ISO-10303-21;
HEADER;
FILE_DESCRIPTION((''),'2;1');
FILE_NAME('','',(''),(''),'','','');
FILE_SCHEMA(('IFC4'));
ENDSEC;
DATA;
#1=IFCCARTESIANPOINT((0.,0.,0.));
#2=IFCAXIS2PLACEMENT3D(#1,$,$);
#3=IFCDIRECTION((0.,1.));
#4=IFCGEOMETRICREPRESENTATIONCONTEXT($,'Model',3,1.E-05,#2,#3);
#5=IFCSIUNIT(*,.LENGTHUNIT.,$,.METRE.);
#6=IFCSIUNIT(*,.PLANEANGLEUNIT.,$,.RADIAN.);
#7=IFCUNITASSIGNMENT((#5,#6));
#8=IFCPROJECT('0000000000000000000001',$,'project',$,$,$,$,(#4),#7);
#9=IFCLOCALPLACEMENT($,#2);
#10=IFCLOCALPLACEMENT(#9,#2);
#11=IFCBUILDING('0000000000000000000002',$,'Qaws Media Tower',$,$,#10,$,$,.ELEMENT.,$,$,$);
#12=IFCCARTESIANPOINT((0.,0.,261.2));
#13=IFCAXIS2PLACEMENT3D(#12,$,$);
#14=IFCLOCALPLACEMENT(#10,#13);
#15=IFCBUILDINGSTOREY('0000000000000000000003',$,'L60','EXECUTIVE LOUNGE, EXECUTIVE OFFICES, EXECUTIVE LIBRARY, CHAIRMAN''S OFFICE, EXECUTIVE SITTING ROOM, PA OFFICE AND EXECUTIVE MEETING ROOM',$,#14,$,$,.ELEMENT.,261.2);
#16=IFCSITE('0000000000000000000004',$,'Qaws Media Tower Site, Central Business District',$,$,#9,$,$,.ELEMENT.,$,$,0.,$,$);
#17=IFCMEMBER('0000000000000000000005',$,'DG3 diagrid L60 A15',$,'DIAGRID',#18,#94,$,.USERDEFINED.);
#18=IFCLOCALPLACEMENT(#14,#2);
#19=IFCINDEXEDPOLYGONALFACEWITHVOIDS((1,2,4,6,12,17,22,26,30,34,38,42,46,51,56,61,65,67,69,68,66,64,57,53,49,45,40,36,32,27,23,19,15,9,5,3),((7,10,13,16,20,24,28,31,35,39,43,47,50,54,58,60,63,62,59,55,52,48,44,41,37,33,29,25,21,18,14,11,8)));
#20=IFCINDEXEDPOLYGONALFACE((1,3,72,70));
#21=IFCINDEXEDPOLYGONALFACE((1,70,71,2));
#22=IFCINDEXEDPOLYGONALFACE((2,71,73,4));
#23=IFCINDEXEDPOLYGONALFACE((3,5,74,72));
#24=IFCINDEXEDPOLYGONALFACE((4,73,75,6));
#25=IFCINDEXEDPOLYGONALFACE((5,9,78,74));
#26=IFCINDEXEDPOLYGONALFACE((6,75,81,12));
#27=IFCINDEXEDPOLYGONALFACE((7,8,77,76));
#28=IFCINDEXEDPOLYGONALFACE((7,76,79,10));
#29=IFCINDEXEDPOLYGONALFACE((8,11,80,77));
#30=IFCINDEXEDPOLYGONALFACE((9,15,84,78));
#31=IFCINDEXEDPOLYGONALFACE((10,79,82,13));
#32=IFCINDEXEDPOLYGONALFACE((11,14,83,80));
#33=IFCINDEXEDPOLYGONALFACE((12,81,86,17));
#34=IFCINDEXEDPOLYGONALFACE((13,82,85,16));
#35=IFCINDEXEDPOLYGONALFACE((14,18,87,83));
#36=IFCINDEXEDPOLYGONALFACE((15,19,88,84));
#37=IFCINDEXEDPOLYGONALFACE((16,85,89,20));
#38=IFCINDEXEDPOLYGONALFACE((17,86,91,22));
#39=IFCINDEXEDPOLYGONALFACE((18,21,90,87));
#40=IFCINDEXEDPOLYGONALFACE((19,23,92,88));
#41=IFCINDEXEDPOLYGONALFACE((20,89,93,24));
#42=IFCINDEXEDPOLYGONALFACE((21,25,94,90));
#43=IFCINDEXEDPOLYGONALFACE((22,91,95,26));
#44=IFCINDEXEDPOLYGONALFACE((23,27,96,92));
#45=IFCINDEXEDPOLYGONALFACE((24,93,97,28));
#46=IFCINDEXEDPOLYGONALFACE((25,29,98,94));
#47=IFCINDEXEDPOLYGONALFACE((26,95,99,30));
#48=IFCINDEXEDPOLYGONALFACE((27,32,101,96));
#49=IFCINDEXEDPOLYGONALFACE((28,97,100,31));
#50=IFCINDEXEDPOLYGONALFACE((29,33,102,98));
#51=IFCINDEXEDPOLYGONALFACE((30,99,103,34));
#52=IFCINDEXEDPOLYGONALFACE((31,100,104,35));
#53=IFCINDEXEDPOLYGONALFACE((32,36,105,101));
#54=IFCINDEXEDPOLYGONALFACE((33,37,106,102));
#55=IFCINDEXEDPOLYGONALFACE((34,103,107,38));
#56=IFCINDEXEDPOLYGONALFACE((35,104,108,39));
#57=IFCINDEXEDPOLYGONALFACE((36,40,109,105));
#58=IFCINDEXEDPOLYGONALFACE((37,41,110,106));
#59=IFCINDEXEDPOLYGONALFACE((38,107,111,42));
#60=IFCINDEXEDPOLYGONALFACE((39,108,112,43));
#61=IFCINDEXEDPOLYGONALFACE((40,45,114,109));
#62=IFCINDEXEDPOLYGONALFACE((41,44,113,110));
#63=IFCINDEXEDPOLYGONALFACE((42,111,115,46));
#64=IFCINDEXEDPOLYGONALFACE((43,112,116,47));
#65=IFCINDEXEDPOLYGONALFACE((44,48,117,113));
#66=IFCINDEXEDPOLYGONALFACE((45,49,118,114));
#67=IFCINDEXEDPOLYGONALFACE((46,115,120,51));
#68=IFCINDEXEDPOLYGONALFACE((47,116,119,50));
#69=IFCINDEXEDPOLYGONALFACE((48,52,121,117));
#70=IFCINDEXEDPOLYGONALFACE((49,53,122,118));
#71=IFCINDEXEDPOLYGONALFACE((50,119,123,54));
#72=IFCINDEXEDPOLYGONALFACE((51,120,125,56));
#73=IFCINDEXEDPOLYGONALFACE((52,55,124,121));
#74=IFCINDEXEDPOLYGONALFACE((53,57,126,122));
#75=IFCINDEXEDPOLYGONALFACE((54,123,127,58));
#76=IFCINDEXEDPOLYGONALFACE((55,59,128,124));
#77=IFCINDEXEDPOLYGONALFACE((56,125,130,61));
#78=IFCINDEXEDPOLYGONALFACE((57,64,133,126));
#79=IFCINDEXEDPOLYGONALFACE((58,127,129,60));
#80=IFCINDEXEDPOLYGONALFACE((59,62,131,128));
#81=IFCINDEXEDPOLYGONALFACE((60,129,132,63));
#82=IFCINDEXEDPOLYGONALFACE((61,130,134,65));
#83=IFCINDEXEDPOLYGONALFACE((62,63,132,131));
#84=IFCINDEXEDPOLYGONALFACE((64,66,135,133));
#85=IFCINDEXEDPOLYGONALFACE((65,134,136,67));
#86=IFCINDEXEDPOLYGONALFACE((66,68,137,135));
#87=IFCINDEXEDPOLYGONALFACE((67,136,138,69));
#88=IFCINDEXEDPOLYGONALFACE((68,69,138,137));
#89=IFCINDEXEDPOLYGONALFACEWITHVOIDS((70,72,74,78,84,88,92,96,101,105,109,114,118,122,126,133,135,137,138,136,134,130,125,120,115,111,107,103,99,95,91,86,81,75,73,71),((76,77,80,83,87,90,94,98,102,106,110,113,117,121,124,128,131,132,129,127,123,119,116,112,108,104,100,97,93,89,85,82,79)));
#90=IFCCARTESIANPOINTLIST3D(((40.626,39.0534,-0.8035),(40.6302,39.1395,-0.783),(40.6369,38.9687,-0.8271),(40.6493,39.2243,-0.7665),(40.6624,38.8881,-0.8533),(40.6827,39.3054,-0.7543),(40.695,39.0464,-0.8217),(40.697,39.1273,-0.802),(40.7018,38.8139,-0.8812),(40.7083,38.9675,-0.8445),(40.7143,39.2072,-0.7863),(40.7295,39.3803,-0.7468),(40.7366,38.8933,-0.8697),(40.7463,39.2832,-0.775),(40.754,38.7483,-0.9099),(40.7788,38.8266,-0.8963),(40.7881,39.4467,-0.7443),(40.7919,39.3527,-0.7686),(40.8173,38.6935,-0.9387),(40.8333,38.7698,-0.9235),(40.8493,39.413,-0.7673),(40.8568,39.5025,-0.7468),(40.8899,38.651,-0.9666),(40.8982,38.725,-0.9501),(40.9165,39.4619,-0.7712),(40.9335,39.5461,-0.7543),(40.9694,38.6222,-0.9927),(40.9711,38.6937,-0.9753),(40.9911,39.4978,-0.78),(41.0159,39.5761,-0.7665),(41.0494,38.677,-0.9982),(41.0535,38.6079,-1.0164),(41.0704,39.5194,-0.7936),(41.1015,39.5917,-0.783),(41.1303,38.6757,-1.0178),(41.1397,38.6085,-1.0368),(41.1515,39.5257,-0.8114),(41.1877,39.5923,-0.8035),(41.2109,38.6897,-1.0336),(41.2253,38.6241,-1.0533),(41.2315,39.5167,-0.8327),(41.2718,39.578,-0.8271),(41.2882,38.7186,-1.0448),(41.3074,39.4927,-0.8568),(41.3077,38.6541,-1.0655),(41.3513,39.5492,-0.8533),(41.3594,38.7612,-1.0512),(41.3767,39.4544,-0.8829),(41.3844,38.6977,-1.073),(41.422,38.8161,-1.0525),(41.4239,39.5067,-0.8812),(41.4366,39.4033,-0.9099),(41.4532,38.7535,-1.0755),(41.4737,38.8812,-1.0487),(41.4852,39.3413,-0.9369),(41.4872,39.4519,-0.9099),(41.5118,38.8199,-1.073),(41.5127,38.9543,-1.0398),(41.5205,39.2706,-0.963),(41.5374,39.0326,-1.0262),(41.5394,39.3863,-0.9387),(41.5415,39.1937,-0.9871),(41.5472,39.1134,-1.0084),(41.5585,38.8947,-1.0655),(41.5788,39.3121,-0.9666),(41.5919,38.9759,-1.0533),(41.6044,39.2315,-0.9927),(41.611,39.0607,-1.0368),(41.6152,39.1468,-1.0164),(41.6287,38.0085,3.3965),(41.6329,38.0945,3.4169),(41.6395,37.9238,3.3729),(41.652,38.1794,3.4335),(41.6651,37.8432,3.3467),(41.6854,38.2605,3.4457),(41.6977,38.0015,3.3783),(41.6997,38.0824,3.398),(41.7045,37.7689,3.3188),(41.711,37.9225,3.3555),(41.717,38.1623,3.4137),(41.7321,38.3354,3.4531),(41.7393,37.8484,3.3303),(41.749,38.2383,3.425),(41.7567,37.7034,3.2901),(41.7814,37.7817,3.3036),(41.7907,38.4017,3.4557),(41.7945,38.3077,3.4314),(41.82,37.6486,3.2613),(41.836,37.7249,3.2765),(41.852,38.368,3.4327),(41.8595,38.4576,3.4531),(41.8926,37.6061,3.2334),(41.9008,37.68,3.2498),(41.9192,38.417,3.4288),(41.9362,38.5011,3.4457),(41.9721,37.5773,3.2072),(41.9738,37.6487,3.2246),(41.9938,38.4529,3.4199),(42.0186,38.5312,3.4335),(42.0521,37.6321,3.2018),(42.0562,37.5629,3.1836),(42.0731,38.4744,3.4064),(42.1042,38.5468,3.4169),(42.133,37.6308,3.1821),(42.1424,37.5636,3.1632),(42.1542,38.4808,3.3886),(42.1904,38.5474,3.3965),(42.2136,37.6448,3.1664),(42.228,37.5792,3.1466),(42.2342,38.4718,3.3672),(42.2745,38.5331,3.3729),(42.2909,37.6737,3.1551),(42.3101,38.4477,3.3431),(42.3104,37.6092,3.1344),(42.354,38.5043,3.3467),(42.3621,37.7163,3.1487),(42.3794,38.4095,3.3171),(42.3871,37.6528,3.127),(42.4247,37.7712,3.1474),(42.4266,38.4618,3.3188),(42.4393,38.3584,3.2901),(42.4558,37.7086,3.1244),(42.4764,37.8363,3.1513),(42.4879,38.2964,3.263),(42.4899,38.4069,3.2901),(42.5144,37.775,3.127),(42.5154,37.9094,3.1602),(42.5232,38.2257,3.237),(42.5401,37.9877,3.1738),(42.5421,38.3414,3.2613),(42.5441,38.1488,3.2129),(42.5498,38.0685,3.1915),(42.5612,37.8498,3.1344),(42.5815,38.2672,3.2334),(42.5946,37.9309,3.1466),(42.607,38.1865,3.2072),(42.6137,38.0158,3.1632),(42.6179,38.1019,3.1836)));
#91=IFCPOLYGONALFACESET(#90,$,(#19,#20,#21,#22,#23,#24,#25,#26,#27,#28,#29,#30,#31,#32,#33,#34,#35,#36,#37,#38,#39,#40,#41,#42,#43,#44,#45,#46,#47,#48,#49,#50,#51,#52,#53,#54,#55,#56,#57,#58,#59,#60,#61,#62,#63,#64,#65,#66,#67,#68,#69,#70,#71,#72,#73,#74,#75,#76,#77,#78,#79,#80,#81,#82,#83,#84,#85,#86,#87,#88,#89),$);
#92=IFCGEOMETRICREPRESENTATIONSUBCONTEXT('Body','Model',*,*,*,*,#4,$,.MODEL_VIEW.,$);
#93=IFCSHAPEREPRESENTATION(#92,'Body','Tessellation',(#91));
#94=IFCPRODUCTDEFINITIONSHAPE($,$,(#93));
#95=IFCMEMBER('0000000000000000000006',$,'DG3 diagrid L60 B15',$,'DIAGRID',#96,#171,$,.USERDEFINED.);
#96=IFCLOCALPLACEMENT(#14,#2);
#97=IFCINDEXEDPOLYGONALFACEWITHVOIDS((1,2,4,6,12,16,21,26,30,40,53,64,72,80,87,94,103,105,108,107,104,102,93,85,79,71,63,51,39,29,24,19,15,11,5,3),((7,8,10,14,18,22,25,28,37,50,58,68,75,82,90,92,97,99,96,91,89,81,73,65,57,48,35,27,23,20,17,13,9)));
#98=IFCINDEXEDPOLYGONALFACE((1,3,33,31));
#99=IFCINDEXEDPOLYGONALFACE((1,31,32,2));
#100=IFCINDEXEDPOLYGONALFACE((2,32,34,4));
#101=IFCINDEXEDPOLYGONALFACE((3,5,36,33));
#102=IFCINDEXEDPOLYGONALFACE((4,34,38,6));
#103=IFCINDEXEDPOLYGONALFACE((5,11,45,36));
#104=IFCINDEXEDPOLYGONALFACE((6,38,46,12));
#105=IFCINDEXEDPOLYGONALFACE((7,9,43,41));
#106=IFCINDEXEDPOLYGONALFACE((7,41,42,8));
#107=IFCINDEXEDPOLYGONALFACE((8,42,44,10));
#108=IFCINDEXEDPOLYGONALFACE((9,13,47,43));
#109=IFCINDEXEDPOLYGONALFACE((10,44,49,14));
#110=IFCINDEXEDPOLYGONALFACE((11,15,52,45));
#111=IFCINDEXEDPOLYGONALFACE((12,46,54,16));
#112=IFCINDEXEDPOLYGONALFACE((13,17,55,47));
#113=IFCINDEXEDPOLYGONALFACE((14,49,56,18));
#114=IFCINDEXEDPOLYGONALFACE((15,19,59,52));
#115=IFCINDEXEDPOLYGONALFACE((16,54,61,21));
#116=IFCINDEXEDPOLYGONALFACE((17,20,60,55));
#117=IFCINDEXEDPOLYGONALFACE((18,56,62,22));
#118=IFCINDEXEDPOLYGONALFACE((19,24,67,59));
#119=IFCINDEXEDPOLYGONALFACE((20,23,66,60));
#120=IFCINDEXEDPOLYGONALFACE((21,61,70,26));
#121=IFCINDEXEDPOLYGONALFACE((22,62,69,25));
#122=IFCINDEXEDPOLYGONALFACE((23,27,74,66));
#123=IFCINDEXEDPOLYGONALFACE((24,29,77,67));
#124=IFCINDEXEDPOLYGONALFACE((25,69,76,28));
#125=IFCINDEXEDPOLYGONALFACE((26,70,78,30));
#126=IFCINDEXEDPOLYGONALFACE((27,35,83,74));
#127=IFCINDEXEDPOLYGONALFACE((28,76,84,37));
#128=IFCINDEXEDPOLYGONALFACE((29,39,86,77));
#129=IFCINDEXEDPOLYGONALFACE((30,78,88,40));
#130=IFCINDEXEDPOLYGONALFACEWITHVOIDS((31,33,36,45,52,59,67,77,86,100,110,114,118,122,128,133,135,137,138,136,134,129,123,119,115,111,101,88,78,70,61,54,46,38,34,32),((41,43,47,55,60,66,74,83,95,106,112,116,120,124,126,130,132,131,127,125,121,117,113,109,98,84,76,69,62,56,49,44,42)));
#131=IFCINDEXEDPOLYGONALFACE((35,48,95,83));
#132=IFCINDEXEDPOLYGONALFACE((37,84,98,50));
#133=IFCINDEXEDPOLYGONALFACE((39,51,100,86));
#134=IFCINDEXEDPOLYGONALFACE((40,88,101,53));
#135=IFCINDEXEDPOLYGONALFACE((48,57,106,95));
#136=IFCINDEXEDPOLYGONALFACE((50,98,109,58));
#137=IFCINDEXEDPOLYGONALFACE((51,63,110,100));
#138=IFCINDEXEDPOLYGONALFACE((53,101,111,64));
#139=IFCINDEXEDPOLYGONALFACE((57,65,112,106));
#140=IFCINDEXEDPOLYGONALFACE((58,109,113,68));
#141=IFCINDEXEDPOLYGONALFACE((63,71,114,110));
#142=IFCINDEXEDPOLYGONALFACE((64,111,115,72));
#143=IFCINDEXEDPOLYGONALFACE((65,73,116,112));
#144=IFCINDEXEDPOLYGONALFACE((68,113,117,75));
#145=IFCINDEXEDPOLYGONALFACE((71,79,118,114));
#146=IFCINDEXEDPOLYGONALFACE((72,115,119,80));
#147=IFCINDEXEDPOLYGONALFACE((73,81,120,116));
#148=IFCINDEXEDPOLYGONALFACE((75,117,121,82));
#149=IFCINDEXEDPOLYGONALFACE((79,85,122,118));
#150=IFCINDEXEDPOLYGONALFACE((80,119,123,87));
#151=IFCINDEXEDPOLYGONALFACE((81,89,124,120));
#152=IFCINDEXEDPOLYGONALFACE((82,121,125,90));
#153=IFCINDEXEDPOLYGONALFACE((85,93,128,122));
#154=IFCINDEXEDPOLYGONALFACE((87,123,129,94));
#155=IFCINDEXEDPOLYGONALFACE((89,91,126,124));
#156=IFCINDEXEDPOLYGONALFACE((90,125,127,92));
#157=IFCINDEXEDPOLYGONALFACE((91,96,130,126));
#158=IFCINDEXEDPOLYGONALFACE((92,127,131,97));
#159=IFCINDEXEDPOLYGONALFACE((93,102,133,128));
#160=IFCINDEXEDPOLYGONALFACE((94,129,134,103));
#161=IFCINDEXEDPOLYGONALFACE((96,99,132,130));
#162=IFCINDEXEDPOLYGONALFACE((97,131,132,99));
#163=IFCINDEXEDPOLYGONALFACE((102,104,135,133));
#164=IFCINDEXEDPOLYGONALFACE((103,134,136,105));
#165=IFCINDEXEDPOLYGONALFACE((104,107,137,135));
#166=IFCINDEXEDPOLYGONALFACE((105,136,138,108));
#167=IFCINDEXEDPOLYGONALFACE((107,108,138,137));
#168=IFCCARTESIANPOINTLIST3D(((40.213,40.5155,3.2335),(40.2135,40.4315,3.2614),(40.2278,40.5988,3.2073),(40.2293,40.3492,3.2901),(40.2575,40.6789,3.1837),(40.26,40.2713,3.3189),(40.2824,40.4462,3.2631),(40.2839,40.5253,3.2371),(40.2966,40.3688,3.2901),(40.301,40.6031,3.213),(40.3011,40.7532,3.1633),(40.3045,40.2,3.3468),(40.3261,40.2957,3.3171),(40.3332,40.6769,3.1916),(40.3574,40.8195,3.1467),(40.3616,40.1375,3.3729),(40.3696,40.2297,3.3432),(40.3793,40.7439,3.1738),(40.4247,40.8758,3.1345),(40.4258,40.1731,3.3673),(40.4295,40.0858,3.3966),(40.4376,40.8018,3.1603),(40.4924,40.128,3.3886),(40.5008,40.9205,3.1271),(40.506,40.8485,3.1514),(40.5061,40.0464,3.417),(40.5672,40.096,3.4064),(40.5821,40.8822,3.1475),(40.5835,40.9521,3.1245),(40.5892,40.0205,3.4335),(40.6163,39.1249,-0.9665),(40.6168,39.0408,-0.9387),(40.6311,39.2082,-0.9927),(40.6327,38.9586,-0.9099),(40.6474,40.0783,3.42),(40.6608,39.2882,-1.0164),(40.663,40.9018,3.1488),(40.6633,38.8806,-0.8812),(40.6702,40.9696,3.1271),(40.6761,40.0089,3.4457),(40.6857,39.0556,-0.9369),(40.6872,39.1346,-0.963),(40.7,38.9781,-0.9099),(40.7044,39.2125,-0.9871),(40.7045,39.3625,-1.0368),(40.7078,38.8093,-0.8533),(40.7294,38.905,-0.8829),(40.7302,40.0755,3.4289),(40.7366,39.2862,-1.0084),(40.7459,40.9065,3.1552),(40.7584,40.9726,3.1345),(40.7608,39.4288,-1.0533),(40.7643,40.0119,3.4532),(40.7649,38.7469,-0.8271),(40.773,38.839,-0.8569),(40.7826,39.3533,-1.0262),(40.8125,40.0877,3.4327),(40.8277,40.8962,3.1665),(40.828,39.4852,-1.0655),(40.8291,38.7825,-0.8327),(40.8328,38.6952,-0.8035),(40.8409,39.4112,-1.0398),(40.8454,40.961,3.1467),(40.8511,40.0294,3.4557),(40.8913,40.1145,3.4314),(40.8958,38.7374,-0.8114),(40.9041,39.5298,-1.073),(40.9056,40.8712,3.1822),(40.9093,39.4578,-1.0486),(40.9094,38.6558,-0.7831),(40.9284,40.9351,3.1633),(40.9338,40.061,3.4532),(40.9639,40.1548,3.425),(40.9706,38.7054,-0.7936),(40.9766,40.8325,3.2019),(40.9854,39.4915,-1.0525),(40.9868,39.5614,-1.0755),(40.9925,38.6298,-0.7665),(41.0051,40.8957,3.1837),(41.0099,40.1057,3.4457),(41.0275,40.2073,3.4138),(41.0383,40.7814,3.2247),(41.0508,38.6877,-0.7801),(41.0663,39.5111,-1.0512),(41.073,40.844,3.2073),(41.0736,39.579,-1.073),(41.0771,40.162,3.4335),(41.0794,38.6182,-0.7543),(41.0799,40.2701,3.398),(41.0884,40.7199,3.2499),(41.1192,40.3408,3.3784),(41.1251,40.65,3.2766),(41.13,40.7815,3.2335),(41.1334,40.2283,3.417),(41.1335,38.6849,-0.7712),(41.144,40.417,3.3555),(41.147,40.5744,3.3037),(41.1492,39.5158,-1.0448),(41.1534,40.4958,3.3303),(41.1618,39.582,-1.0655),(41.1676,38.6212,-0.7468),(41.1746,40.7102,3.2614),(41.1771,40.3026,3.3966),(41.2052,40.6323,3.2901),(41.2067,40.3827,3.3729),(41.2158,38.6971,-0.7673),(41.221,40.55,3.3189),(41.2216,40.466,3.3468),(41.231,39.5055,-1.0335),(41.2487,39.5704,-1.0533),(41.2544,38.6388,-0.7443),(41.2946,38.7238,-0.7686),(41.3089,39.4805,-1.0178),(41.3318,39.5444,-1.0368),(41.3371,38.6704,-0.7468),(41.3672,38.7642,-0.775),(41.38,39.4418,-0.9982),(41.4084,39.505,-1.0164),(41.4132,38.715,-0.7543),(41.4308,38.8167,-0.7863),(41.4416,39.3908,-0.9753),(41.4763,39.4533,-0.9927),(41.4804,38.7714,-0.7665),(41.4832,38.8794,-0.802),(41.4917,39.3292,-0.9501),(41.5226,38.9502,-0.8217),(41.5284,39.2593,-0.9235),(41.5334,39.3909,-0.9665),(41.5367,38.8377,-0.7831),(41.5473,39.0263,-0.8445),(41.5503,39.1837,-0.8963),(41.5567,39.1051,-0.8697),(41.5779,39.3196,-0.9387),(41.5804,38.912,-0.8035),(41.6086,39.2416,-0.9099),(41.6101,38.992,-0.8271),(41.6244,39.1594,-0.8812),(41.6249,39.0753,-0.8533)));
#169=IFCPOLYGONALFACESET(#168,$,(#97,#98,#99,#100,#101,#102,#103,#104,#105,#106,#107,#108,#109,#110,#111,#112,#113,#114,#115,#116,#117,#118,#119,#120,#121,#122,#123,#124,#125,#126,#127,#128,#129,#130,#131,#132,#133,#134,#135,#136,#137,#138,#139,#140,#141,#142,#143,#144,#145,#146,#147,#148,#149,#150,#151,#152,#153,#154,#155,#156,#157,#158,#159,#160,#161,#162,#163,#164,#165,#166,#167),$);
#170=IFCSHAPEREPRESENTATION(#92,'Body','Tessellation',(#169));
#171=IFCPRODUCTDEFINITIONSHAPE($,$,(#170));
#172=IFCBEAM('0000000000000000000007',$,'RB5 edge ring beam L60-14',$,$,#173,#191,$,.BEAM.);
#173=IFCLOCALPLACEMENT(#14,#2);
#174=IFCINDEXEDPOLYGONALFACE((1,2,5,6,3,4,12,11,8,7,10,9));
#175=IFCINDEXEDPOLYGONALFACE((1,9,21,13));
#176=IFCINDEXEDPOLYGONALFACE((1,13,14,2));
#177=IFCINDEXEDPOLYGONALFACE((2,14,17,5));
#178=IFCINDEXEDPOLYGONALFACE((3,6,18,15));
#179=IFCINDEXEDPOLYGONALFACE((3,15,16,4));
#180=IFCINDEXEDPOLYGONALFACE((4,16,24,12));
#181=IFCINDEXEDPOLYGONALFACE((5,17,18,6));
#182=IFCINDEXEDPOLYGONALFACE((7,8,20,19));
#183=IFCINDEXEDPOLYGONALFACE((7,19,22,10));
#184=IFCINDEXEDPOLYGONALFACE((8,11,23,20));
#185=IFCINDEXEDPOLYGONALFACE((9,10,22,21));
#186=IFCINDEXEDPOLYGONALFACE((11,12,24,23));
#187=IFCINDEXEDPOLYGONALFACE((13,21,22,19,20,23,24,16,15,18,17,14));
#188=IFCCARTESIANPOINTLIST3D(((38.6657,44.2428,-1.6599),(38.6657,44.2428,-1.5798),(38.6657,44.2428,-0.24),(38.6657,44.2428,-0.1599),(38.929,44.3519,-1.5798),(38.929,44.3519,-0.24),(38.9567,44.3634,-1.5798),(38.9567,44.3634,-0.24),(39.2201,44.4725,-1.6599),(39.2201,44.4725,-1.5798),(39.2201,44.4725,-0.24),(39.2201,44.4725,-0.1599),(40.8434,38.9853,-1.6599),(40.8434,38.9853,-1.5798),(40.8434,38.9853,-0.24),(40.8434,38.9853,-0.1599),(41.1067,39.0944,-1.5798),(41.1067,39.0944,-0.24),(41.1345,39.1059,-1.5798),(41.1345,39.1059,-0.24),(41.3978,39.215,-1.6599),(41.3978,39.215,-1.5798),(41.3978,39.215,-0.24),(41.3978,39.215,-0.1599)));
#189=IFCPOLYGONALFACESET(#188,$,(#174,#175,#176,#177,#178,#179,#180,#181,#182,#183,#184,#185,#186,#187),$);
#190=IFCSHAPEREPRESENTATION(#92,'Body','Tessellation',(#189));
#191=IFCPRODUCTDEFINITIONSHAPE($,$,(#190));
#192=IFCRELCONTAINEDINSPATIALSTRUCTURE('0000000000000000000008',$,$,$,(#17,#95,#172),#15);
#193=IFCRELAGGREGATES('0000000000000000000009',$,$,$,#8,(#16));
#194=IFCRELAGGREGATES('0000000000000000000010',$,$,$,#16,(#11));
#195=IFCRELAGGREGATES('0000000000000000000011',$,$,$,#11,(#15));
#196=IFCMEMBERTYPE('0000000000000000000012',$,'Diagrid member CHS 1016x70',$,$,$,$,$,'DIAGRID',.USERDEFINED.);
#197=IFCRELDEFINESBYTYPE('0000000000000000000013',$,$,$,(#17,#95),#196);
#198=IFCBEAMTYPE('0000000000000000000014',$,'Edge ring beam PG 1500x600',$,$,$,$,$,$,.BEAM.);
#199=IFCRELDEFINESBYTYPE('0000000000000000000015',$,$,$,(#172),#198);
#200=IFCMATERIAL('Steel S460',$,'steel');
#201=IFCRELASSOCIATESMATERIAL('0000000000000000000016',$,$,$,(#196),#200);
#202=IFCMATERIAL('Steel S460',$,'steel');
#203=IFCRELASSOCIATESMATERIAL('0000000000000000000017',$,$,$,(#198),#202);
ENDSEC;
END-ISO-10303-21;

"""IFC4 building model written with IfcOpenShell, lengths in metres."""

from ifc_helpers import new_model, si_unit, direction, frame, origin, origin_2d, place, context, subcontext, project, spatial, hollow_circle, i_section, extrude, material, material_profile, profile_set, type_object, element, save


model = new_model("IFC4")

# Units and contexts
model_context = context("Model", 3, precision=1e-05, world=origin(), true_north=direction((0.0, 1.0)))
body_context = subcontext(model_context, "Body", "Model", "MODEL_VIEW")
ifc_project = project(units=[si_unit("LENGTHUNIT", "METRE"), si_unit("PLANEANGLEUNIT", "RADIAN")], contexts=[model_context])

# Site, building, storey
site_placement = place(None, origin())
site = spatial("IfcSite", under=ifc_project, at=site_placement, Name="Qaws Media Tower Site, Central Business District", CompositionType="ELEMENT", RefElevation=0.0)
building_placement = place(site_placement, origin())
building = spatial("IfcBuilding", under=site, at=building_placement, Name="Qaws Media Tower", CompositionType="ELEMENT")
storey_placement = place(building_placement, frame((0.0, 0.0, 261.2)))
storey = spatial("IfcBuildingStorey", under=building, at=storey_placement, Name="L60", Description="EXECUTIVE LOUNGE, EXECUTIVE OFFICES, EXECUTIVE LIBRARY, CHAIRMAN'S OFFICE, EXECUTIVE SITTING ROOM, PA OFFICE AND EXECUTIVE MEETING ROOM", CompositionType="ELEMENT", Elevation=261.2)

# Members
ifc_material_1 = material(Name="Steel S460", Category="steel")
ifc_material_profile_1 = material_profile(ifc_material_1, hollow_circle(Radius=0.5081, WallThickness=0.0701, at=origin_2d()), Name="CHS 1016x70")
ifc_profile_set_1 = profile_set([ifc_material_profile_1], Name="Steel S460")
member_type = type_object("IfcMemberType", Name="Diagrid member CHS 1016x70", ElementType="DIAGRID", PredefinedType="USERDEFINED", material=ifc_profile_set_1)
for number, where, z_axis, x_axis, name in (
    (1, (41.1206, 39.1001, -0.9099), (0.225697, -0.235204, 0.945378), (0.721539, 0.692374, 0.0), "DG3 diagrid L60 A15"),
    (2, (41.1206, 39.1001, -0.9099), (-0.090786, 0.313025, 0.945396), (-0.960422, -0.278549, 0.0), "DG3 diagrid L60 B15"),
):
    element("IfcMember", number, at=place(storey_placement, frame(where, z_axis=z_axis, x_axis=x_axis)), inside=storey, type_object=member_type, Name=name, ObjectType="DIAGRID", PredefinedType="USERDEFINED", context=body_context, shape_type="SweptSolid", body=[
        extrude(hollow_circle(Radius=0.5081, WallThickness=0.0701, at=origin_2d()), origin(), (0.0, 0.0, 1.0), 4.4426),
    ])

# Beam
ifc_material_2 = material(Name="Steel S460", Category="steel")
ifc_material_profile_2 = material_profile(ifc_material_2, i_section(OverallWidth=0.6001, OverallDepth=1.5, WebThickness=0.03, FlangeThickness=0.0801, at=origin_2d()), Name="PG 1500x600")
ifc_profile_set_2 = profile_set([ifc_material_profile_2], Name="Steel S460")
beam_type = type_object("IfcBeamType", Name="Edge ring beam PG 1500x600", PredefinedType="BEAM", material=ifc_profile_set_2)
beam_1_placement = place(storey_placement, frame((38.9429, 44.3577, -0.9099), z_axis=(0.38268, -0.923881, 0.0), x_axis=(0.923881, 0.38268, 0.0)))
element("IfcBeam", 3, at=beam_1_placement, inside=storey, type_object=beam_type, Name="RB5 edge ring beam L60-14", PredefinedType="BEAM", context=body_context, shape_type="SweptSolid", body=[
    extrude(i_section(OverallWidth=0.6001, OverallDepth=1.5, WebThickness=0.03, FlangeThickness=0.0801, at=origin_2d()), origin(), (0.0, 0.0, 1.0), 5.6907),
])

save(model, "model.ifc")
